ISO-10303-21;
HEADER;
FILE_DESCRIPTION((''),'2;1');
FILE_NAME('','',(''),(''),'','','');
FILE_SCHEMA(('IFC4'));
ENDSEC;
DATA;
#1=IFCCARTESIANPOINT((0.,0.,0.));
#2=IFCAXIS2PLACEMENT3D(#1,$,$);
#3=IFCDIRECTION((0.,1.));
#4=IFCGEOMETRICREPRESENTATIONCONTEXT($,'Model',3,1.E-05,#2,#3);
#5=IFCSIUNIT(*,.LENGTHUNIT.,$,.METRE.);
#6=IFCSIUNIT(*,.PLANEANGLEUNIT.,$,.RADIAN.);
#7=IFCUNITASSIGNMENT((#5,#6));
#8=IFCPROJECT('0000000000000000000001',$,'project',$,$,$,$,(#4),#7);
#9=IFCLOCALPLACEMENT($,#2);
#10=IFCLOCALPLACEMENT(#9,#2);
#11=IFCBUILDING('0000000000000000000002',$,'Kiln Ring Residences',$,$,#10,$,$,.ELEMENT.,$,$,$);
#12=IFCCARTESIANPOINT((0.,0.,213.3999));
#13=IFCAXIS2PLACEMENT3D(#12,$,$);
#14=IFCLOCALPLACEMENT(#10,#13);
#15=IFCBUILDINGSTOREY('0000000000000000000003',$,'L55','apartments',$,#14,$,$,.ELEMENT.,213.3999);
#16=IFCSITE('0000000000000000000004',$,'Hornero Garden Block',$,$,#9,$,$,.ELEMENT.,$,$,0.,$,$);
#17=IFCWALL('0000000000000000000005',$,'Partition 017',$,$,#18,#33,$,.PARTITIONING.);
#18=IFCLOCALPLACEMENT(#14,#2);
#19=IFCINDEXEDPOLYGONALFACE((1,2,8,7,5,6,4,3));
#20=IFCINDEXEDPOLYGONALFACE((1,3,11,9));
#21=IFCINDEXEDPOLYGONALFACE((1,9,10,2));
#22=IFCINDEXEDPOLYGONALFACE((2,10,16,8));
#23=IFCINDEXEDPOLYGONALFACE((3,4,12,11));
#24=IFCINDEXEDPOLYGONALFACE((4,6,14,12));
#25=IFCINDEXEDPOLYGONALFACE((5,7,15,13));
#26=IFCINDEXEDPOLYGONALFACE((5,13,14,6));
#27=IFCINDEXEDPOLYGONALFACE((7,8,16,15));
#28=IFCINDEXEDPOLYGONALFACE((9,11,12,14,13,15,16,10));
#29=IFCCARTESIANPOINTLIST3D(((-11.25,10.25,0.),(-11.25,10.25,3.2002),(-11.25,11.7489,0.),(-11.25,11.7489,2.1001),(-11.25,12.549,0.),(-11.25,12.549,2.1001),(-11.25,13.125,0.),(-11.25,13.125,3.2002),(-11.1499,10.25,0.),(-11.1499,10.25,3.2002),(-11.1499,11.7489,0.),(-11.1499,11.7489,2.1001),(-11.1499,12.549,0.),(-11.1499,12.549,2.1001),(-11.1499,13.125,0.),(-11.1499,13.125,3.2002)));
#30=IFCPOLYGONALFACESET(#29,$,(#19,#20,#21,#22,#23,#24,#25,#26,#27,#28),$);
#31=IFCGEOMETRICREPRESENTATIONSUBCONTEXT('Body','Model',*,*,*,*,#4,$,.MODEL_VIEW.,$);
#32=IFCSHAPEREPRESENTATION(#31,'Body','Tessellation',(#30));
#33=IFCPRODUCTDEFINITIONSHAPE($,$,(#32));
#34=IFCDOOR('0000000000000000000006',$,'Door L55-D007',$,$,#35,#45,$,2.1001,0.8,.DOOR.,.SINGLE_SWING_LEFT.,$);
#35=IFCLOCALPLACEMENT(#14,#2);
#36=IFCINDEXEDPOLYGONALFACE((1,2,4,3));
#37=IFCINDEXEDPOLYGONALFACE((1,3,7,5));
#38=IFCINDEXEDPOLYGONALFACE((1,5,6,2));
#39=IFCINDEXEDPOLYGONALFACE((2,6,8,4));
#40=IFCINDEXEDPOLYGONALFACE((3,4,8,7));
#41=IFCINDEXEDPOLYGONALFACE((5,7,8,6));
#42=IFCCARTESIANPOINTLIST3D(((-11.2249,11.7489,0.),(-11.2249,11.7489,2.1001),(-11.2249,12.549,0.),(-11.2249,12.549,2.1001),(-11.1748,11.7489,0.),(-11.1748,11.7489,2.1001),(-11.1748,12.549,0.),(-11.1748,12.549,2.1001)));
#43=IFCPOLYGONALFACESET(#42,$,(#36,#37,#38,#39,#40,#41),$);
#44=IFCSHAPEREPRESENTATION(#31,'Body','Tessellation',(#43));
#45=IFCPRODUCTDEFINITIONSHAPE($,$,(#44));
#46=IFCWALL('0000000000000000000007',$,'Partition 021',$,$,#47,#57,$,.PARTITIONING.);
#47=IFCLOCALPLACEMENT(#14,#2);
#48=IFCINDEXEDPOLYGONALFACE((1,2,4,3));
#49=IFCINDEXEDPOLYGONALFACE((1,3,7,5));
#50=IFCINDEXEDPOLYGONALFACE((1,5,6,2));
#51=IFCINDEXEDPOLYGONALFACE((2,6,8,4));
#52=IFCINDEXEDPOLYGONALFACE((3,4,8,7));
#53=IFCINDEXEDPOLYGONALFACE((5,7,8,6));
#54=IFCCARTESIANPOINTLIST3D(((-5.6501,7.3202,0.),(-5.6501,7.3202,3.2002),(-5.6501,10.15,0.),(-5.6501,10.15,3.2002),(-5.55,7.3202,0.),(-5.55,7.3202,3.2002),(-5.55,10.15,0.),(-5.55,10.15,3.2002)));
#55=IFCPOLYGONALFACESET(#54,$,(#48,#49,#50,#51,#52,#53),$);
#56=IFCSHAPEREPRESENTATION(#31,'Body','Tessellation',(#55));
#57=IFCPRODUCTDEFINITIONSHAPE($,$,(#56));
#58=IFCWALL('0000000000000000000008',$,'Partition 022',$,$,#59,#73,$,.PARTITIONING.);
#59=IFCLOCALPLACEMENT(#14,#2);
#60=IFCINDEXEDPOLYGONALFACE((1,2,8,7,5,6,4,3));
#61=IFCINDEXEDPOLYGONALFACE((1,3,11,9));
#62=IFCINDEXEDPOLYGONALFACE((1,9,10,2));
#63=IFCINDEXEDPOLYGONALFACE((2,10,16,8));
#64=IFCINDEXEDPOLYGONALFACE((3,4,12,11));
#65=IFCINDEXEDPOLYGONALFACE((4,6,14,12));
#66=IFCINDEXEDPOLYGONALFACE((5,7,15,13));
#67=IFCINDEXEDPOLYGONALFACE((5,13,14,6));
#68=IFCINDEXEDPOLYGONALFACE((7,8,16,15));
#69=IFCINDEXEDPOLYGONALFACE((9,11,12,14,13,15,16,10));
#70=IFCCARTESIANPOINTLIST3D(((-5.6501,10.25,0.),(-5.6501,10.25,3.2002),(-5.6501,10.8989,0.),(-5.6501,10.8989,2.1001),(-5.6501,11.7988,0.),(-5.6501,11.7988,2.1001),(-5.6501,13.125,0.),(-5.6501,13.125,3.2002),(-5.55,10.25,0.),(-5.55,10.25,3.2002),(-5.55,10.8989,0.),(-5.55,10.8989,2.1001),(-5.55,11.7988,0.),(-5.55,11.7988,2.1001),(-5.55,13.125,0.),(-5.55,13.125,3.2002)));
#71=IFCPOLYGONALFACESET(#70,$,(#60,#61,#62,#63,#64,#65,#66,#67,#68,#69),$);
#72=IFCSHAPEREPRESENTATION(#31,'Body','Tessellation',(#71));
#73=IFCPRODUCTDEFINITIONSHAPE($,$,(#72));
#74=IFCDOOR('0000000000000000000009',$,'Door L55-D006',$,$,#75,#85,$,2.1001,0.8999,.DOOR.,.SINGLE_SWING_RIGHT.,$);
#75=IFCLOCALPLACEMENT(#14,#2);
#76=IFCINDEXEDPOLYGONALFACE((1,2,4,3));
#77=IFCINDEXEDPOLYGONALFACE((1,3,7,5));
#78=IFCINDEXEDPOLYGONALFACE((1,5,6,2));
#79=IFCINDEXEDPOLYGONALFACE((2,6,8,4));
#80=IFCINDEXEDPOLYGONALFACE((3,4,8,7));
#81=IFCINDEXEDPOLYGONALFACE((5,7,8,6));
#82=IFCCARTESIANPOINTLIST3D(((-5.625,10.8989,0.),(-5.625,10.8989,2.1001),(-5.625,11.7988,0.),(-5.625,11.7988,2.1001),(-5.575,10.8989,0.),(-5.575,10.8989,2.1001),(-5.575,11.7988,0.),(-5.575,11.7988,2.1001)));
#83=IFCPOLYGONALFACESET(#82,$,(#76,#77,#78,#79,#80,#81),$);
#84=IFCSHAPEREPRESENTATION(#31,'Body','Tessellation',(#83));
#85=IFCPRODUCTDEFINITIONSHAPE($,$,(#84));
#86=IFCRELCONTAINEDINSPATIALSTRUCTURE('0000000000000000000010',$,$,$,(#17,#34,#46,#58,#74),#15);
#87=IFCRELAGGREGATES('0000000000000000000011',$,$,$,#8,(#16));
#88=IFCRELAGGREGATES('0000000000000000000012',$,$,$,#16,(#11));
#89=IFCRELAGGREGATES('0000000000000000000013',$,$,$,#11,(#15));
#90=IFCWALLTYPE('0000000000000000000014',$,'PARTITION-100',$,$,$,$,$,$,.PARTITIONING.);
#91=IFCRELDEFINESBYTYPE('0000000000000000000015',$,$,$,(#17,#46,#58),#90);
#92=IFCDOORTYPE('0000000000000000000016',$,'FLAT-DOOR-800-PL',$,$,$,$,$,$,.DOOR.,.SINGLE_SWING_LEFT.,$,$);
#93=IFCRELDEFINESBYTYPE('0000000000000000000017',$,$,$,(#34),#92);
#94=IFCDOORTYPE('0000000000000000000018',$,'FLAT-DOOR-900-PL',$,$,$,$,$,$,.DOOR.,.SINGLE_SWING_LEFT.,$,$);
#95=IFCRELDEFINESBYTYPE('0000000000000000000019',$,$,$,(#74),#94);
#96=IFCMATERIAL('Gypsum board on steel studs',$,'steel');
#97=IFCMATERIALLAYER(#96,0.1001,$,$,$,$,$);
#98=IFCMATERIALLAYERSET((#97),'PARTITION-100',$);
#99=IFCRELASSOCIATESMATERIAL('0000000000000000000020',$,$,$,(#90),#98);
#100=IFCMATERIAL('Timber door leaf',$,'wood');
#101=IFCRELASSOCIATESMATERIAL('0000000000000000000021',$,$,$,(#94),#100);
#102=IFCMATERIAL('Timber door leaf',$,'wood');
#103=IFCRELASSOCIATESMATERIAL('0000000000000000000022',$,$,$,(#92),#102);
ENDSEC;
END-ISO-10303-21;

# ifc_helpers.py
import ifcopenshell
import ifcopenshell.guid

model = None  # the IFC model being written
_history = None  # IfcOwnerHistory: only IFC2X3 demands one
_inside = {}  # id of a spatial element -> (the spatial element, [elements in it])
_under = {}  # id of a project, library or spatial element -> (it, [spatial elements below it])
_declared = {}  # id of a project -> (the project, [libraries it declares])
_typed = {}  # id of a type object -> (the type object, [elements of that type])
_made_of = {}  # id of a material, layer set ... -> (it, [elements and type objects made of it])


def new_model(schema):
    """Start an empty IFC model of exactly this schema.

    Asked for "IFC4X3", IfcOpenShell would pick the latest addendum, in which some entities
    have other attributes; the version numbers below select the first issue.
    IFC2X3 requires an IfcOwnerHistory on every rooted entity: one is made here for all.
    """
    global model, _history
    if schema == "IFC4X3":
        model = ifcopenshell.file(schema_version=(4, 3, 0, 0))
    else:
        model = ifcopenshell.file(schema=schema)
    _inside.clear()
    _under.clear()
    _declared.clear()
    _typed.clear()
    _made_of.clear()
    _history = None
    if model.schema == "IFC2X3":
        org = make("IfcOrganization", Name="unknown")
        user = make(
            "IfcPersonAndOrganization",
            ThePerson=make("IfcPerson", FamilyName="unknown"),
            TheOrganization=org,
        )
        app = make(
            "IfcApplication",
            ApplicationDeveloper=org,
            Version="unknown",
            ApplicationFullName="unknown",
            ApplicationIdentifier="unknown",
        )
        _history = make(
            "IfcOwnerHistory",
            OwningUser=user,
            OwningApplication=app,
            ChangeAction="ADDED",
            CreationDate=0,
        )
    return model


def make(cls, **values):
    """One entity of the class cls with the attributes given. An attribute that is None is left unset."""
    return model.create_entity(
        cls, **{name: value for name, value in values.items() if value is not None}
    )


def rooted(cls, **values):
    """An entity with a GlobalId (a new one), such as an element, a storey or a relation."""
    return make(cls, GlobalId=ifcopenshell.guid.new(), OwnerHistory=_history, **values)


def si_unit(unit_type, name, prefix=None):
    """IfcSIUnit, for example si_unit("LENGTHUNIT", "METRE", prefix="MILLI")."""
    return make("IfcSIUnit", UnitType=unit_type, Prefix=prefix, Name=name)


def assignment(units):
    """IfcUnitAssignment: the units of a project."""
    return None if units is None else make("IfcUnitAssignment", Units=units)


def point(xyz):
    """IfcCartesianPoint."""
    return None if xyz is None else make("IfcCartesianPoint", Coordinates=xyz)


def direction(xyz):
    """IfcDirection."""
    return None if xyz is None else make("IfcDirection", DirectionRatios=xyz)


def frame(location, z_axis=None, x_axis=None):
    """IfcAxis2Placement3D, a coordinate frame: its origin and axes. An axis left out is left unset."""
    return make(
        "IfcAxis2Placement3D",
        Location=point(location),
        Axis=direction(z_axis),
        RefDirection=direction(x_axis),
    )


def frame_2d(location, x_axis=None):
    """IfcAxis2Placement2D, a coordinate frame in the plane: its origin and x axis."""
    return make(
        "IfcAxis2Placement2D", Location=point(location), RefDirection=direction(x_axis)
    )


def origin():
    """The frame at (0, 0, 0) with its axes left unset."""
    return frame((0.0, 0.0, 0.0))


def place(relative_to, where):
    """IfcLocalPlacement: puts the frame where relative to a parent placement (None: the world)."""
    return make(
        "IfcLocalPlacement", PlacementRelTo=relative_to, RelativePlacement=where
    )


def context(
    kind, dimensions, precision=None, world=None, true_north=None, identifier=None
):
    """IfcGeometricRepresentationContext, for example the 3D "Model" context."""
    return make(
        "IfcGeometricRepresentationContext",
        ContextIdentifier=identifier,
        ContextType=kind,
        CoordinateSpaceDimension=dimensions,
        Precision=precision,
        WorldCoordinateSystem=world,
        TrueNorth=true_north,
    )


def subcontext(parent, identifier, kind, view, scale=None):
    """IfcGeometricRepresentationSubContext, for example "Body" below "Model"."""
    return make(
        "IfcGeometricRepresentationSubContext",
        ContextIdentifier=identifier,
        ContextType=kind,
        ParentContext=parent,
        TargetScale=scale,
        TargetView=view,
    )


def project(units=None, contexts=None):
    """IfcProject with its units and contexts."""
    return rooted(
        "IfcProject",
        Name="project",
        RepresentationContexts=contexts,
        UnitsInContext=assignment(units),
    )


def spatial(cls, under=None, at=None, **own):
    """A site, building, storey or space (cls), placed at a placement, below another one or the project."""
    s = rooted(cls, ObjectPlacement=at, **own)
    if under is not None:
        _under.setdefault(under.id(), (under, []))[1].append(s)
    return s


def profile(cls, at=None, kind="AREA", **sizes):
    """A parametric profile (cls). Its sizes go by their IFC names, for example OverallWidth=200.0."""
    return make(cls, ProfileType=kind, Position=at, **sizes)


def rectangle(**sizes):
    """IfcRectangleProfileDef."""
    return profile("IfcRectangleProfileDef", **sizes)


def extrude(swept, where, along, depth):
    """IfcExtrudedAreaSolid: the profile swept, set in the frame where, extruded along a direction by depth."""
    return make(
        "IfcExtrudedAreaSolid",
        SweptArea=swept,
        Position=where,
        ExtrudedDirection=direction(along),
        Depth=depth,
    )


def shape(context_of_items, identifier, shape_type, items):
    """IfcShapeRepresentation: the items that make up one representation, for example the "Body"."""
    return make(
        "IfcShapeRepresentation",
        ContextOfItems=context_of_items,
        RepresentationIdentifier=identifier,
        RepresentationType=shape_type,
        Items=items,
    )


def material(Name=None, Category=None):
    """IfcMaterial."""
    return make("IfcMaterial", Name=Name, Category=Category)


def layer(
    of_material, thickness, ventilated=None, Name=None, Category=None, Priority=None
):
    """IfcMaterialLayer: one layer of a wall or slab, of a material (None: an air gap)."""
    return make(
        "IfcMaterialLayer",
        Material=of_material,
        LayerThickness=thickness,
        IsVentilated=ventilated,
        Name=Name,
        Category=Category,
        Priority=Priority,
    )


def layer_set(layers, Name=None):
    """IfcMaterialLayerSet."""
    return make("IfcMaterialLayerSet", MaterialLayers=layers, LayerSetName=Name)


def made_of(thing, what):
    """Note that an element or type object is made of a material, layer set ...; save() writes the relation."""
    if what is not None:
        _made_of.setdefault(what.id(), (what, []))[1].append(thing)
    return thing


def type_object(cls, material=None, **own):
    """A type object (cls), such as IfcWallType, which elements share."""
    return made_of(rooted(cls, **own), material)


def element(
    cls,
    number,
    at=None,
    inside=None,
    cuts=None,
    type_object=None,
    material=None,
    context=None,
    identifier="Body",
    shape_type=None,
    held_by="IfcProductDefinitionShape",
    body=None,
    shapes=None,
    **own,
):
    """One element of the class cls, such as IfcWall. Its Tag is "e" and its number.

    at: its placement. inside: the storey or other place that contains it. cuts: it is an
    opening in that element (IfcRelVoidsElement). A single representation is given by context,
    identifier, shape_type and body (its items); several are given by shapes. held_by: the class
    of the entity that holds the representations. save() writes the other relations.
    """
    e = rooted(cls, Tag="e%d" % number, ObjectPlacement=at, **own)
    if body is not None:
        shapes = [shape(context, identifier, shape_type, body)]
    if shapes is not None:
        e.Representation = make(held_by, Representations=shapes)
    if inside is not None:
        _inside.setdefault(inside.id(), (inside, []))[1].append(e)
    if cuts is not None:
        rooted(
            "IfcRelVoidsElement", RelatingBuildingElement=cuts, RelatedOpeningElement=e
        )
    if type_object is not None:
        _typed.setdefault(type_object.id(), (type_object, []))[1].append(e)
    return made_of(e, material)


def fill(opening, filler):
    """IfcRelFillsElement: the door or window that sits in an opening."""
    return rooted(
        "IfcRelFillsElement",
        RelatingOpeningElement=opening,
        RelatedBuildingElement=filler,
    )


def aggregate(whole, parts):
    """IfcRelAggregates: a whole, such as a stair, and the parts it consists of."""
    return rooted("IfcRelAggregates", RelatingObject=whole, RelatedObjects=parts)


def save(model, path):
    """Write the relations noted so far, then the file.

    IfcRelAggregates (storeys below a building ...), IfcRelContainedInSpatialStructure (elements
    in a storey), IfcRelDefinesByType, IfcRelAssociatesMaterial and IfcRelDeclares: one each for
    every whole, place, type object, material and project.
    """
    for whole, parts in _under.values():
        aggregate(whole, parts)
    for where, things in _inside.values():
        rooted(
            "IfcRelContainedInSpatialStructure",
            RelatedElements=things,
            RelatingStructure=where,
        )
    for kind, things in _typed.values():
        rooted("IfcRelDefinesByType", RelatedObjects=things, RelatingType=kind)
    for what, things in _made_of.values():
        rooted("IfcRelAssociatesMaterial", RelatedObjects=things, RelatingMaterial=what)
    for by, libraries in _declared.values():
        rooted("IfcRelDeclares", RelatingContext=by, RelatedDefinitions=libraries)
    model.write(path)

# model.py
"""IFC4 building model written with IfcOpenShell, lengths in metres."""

from ifc_helpers import new_model, si_unit, direction, frame, frame_2d, origin, place, context, subcontext, project, spatial, rectangle, extrude, material, layer, layer_set, type_object, element, fill, save


model = new_model("IFC4")

# Units and contexts
model_context = context("Model", 3, precision=1e-05, world=origin(), true_north=direction((0.0, 1.0)))
body_context = subcontext(model_context, "Body", "Model", "MODEL_VIEW")
ifc_project = project(units=[si_unit("LENGTHUNIT", "METRE"), si_unit("PLANEANGLEUNIT", "RADIAN")], contexts=[model_context])

# Site, building, storey
site_placement = place(None, origin())
site = spatial("IfcSite", under=ifc_project, at=site_placement, Name="Hornero Garden Block", CompositionType="ELEMENT", RefElevation=0.0)
building_placement = place(site_placement, origin())
building = spatial("IfcBuilding", under=site, at=building_placement, Name="Kiln Ring Residences", CompositionType="ELEMENT")
storey_placement = place(building_placement, frame((0.0, 0.0, 213.3999)))
storey = spatial("IfcBuildingStorey", under=building, at=storey_placement, Name="L55", Description="apartments", CompositionType="ELEMENT", Elevation=213.3999)

# Shared definitions
ifc_material_1 = material(Name="Gypsum board on steel studs", Category="steel")
ifc_layer = layer(ifc_material_1, 0.1001)
ifc_layer_set = layer_set([ifc_layer], Name="PARTITION-100")
wall_type = type_object("IfcWallType", Name="PARTITION-100", PredefinedType="PARTITIONING", material=ifc_layer_set)
ifc_material_2 = material(Name="Timber door leaf", Category="wood")
door_type_1 = type_object("IfcDoorType", Name="FLAT-DOOR-900-PL", OperationType="SINGLE_SWING_LEFT", PredefinedType="DOOR", material=ifc_material_2)

# Wall, opening, door
wall_1_placement = place(storey_placement, frame((-11.2, 10.25, 0.0), z_axis=(0.0, 0.0, 1.0), x_axis=(0.0, 1.0, 0.0)))
wall_1 = element("IfcWall", 1, at=wall_1_placement, inside=storey, type_object=wall_type, Name="Partition 017", PredefinedType="PARTITIONING", context=body_context, shape_type="SweptSolid", body=[
    extrude(rectangle(XDim=2.875, YDim=0.1001, at=frame_2d((1.4375, 0.0))), origin(), (0.0, 0.0, 1.0), 3.2002),
])
opening_1_placement = place(wall_1_placement, frame((1.499, 0.0, 0.0)))
opening_1 = element("IfcOpeningElement", 2, at=opening_1_placement, cuts=wall_1, PredefinedType="OPENING", context=body_context, shape_type="SweptSolid", body=[
    extrude(rectangle(XDim=0.8, YDim=2.1001, at=frame_2d((0.3999, 1.05))), frame((0.0, 0.0601, 0.0), z_axis=(0.0, -1.0, 0.0), x_axis=(1.0, 0.0, 0.0)), (0.0, 0.0, 1.0), 0.1201),
])
ifc_material_3 = material(Name="Timber door leaf", Category="wood")
door_type_2 = type_object("IfcDoorType", Name="FLAT-DOOR-800-PL", OperationType="SINGLE_SWING_LEFT", PredefinedType="DOOR", material=ifc_material_3)
door_1_placement = place(opening_1_placement, origin())
door_1 = element("IfcDoor", 3, at=door_1_placement, inside=storey, type_object=door_type_2, Name="Door L55-D007", OperationType="SINGLE_SWING_LEFT", OverallHeight=2.1001, OverallWidth=0.8, PredefinedType="DOOR", context=body_context, shape_type="SweptSolid", body=[
    extrude(rectangle(XDim=0.8, YDim=2.1001, at=frame_2d((0.3999, 1.05))), frame((0.0, 0.0249, 0.0), z_axis=(0.0, -1.0, 0.0), x_axis=(1.0, 0.0, 0.0)), (0.0, 0.0, 1.0), 0.05),
])
fill(opening_1, door_1)

# Wall
wall_2_placement = place(storey_placement, frame((-5.6001, 7.3201, 0.0), z_axis=(0.0, 0.0, 1.0), x_axis=(0.0, 1.0, 0.0)))
element("IfcWall", 4, at=wall_2_placement, inside=storey, type_object=wall_type, Name="Partition 021", PredefinedType="PARTITIONING", context=body_context, shape_type="SweptSolid", body=[
    extrude(rectangle(XDim=2.8298, YDim=0.1001, at=frame_2d((1.415, 0.0))), origin(), (0.0, 0.0, 1.0), 3.2002),
])

# Wall, opening, door
wall_3_placement = place(storey_placement, frame((-5.6001, 10.25, 0.0), z_axis=(0.0, 0.0, 1.0), x_axis=(0.0, 1.0, 0.0)))
wall_3 = element("IfcWall", 5, at=wall_3_placement, inside=storey, type_object=wall_type, Name="Partition 022", PredefinedType="PARTITIONING", context=body_context, shape_type="SweptSolid", body=[
    extrude(rectangle(XDim=2.875, YDim=0.1001, at=frame_2d((1.4375, 0.0))), origin(), (0.0, 0.0, 1.0), 3.2002),
])
opening_2_placement = place(wall_3_placement, frame((0.6489, 0.0, 0.0)))
opening_2 = element("IfcOpeningElement", 6, at=opening_2_placement, cuts=wall_3, PredefinedType="OPENING", context=body_context, shape_type="SweptSolid", body=[
    extrude(rectangle(XDim=0.8999, YDim=2.1001, at=frame_2d((0.45, 1.05))), frame((0.0, 0.0601, 0.0), z_axis=(0.0, -1.0, 0.0), x_axis=(1.0, 0.0, 0.0)), (0.0, 0.0, 1.0), 0.1201),
])
door_2_placement = place(opening_2_placement, origin())
door_2 = element("IfcDoor", 7, at=door_2_placement, inside=storey, type_object=door_type_1, Name="Door L55-D006", OperationType="SINGLE_SWING_RIGHT", OverallHeight=2.1001, OverallWidth=0.8999, PredefinedType="DOOR", context=body_context, shape_type="SweptSolid", body=[
    extrude(rectangle(XDim=0.8999, YDim=2.1001, at=frame_2d((0.45, 1.05))), frame((0.0, 0.0249, 0.0), z_axis=(0.0, -1.0, 0.0), x_axis=(1.0, 0.0, 0.0)), (0.0, 0.0, 1.0), 0.05),
])
fill(opening_2, door_2)

save(model, "model.ifc")
